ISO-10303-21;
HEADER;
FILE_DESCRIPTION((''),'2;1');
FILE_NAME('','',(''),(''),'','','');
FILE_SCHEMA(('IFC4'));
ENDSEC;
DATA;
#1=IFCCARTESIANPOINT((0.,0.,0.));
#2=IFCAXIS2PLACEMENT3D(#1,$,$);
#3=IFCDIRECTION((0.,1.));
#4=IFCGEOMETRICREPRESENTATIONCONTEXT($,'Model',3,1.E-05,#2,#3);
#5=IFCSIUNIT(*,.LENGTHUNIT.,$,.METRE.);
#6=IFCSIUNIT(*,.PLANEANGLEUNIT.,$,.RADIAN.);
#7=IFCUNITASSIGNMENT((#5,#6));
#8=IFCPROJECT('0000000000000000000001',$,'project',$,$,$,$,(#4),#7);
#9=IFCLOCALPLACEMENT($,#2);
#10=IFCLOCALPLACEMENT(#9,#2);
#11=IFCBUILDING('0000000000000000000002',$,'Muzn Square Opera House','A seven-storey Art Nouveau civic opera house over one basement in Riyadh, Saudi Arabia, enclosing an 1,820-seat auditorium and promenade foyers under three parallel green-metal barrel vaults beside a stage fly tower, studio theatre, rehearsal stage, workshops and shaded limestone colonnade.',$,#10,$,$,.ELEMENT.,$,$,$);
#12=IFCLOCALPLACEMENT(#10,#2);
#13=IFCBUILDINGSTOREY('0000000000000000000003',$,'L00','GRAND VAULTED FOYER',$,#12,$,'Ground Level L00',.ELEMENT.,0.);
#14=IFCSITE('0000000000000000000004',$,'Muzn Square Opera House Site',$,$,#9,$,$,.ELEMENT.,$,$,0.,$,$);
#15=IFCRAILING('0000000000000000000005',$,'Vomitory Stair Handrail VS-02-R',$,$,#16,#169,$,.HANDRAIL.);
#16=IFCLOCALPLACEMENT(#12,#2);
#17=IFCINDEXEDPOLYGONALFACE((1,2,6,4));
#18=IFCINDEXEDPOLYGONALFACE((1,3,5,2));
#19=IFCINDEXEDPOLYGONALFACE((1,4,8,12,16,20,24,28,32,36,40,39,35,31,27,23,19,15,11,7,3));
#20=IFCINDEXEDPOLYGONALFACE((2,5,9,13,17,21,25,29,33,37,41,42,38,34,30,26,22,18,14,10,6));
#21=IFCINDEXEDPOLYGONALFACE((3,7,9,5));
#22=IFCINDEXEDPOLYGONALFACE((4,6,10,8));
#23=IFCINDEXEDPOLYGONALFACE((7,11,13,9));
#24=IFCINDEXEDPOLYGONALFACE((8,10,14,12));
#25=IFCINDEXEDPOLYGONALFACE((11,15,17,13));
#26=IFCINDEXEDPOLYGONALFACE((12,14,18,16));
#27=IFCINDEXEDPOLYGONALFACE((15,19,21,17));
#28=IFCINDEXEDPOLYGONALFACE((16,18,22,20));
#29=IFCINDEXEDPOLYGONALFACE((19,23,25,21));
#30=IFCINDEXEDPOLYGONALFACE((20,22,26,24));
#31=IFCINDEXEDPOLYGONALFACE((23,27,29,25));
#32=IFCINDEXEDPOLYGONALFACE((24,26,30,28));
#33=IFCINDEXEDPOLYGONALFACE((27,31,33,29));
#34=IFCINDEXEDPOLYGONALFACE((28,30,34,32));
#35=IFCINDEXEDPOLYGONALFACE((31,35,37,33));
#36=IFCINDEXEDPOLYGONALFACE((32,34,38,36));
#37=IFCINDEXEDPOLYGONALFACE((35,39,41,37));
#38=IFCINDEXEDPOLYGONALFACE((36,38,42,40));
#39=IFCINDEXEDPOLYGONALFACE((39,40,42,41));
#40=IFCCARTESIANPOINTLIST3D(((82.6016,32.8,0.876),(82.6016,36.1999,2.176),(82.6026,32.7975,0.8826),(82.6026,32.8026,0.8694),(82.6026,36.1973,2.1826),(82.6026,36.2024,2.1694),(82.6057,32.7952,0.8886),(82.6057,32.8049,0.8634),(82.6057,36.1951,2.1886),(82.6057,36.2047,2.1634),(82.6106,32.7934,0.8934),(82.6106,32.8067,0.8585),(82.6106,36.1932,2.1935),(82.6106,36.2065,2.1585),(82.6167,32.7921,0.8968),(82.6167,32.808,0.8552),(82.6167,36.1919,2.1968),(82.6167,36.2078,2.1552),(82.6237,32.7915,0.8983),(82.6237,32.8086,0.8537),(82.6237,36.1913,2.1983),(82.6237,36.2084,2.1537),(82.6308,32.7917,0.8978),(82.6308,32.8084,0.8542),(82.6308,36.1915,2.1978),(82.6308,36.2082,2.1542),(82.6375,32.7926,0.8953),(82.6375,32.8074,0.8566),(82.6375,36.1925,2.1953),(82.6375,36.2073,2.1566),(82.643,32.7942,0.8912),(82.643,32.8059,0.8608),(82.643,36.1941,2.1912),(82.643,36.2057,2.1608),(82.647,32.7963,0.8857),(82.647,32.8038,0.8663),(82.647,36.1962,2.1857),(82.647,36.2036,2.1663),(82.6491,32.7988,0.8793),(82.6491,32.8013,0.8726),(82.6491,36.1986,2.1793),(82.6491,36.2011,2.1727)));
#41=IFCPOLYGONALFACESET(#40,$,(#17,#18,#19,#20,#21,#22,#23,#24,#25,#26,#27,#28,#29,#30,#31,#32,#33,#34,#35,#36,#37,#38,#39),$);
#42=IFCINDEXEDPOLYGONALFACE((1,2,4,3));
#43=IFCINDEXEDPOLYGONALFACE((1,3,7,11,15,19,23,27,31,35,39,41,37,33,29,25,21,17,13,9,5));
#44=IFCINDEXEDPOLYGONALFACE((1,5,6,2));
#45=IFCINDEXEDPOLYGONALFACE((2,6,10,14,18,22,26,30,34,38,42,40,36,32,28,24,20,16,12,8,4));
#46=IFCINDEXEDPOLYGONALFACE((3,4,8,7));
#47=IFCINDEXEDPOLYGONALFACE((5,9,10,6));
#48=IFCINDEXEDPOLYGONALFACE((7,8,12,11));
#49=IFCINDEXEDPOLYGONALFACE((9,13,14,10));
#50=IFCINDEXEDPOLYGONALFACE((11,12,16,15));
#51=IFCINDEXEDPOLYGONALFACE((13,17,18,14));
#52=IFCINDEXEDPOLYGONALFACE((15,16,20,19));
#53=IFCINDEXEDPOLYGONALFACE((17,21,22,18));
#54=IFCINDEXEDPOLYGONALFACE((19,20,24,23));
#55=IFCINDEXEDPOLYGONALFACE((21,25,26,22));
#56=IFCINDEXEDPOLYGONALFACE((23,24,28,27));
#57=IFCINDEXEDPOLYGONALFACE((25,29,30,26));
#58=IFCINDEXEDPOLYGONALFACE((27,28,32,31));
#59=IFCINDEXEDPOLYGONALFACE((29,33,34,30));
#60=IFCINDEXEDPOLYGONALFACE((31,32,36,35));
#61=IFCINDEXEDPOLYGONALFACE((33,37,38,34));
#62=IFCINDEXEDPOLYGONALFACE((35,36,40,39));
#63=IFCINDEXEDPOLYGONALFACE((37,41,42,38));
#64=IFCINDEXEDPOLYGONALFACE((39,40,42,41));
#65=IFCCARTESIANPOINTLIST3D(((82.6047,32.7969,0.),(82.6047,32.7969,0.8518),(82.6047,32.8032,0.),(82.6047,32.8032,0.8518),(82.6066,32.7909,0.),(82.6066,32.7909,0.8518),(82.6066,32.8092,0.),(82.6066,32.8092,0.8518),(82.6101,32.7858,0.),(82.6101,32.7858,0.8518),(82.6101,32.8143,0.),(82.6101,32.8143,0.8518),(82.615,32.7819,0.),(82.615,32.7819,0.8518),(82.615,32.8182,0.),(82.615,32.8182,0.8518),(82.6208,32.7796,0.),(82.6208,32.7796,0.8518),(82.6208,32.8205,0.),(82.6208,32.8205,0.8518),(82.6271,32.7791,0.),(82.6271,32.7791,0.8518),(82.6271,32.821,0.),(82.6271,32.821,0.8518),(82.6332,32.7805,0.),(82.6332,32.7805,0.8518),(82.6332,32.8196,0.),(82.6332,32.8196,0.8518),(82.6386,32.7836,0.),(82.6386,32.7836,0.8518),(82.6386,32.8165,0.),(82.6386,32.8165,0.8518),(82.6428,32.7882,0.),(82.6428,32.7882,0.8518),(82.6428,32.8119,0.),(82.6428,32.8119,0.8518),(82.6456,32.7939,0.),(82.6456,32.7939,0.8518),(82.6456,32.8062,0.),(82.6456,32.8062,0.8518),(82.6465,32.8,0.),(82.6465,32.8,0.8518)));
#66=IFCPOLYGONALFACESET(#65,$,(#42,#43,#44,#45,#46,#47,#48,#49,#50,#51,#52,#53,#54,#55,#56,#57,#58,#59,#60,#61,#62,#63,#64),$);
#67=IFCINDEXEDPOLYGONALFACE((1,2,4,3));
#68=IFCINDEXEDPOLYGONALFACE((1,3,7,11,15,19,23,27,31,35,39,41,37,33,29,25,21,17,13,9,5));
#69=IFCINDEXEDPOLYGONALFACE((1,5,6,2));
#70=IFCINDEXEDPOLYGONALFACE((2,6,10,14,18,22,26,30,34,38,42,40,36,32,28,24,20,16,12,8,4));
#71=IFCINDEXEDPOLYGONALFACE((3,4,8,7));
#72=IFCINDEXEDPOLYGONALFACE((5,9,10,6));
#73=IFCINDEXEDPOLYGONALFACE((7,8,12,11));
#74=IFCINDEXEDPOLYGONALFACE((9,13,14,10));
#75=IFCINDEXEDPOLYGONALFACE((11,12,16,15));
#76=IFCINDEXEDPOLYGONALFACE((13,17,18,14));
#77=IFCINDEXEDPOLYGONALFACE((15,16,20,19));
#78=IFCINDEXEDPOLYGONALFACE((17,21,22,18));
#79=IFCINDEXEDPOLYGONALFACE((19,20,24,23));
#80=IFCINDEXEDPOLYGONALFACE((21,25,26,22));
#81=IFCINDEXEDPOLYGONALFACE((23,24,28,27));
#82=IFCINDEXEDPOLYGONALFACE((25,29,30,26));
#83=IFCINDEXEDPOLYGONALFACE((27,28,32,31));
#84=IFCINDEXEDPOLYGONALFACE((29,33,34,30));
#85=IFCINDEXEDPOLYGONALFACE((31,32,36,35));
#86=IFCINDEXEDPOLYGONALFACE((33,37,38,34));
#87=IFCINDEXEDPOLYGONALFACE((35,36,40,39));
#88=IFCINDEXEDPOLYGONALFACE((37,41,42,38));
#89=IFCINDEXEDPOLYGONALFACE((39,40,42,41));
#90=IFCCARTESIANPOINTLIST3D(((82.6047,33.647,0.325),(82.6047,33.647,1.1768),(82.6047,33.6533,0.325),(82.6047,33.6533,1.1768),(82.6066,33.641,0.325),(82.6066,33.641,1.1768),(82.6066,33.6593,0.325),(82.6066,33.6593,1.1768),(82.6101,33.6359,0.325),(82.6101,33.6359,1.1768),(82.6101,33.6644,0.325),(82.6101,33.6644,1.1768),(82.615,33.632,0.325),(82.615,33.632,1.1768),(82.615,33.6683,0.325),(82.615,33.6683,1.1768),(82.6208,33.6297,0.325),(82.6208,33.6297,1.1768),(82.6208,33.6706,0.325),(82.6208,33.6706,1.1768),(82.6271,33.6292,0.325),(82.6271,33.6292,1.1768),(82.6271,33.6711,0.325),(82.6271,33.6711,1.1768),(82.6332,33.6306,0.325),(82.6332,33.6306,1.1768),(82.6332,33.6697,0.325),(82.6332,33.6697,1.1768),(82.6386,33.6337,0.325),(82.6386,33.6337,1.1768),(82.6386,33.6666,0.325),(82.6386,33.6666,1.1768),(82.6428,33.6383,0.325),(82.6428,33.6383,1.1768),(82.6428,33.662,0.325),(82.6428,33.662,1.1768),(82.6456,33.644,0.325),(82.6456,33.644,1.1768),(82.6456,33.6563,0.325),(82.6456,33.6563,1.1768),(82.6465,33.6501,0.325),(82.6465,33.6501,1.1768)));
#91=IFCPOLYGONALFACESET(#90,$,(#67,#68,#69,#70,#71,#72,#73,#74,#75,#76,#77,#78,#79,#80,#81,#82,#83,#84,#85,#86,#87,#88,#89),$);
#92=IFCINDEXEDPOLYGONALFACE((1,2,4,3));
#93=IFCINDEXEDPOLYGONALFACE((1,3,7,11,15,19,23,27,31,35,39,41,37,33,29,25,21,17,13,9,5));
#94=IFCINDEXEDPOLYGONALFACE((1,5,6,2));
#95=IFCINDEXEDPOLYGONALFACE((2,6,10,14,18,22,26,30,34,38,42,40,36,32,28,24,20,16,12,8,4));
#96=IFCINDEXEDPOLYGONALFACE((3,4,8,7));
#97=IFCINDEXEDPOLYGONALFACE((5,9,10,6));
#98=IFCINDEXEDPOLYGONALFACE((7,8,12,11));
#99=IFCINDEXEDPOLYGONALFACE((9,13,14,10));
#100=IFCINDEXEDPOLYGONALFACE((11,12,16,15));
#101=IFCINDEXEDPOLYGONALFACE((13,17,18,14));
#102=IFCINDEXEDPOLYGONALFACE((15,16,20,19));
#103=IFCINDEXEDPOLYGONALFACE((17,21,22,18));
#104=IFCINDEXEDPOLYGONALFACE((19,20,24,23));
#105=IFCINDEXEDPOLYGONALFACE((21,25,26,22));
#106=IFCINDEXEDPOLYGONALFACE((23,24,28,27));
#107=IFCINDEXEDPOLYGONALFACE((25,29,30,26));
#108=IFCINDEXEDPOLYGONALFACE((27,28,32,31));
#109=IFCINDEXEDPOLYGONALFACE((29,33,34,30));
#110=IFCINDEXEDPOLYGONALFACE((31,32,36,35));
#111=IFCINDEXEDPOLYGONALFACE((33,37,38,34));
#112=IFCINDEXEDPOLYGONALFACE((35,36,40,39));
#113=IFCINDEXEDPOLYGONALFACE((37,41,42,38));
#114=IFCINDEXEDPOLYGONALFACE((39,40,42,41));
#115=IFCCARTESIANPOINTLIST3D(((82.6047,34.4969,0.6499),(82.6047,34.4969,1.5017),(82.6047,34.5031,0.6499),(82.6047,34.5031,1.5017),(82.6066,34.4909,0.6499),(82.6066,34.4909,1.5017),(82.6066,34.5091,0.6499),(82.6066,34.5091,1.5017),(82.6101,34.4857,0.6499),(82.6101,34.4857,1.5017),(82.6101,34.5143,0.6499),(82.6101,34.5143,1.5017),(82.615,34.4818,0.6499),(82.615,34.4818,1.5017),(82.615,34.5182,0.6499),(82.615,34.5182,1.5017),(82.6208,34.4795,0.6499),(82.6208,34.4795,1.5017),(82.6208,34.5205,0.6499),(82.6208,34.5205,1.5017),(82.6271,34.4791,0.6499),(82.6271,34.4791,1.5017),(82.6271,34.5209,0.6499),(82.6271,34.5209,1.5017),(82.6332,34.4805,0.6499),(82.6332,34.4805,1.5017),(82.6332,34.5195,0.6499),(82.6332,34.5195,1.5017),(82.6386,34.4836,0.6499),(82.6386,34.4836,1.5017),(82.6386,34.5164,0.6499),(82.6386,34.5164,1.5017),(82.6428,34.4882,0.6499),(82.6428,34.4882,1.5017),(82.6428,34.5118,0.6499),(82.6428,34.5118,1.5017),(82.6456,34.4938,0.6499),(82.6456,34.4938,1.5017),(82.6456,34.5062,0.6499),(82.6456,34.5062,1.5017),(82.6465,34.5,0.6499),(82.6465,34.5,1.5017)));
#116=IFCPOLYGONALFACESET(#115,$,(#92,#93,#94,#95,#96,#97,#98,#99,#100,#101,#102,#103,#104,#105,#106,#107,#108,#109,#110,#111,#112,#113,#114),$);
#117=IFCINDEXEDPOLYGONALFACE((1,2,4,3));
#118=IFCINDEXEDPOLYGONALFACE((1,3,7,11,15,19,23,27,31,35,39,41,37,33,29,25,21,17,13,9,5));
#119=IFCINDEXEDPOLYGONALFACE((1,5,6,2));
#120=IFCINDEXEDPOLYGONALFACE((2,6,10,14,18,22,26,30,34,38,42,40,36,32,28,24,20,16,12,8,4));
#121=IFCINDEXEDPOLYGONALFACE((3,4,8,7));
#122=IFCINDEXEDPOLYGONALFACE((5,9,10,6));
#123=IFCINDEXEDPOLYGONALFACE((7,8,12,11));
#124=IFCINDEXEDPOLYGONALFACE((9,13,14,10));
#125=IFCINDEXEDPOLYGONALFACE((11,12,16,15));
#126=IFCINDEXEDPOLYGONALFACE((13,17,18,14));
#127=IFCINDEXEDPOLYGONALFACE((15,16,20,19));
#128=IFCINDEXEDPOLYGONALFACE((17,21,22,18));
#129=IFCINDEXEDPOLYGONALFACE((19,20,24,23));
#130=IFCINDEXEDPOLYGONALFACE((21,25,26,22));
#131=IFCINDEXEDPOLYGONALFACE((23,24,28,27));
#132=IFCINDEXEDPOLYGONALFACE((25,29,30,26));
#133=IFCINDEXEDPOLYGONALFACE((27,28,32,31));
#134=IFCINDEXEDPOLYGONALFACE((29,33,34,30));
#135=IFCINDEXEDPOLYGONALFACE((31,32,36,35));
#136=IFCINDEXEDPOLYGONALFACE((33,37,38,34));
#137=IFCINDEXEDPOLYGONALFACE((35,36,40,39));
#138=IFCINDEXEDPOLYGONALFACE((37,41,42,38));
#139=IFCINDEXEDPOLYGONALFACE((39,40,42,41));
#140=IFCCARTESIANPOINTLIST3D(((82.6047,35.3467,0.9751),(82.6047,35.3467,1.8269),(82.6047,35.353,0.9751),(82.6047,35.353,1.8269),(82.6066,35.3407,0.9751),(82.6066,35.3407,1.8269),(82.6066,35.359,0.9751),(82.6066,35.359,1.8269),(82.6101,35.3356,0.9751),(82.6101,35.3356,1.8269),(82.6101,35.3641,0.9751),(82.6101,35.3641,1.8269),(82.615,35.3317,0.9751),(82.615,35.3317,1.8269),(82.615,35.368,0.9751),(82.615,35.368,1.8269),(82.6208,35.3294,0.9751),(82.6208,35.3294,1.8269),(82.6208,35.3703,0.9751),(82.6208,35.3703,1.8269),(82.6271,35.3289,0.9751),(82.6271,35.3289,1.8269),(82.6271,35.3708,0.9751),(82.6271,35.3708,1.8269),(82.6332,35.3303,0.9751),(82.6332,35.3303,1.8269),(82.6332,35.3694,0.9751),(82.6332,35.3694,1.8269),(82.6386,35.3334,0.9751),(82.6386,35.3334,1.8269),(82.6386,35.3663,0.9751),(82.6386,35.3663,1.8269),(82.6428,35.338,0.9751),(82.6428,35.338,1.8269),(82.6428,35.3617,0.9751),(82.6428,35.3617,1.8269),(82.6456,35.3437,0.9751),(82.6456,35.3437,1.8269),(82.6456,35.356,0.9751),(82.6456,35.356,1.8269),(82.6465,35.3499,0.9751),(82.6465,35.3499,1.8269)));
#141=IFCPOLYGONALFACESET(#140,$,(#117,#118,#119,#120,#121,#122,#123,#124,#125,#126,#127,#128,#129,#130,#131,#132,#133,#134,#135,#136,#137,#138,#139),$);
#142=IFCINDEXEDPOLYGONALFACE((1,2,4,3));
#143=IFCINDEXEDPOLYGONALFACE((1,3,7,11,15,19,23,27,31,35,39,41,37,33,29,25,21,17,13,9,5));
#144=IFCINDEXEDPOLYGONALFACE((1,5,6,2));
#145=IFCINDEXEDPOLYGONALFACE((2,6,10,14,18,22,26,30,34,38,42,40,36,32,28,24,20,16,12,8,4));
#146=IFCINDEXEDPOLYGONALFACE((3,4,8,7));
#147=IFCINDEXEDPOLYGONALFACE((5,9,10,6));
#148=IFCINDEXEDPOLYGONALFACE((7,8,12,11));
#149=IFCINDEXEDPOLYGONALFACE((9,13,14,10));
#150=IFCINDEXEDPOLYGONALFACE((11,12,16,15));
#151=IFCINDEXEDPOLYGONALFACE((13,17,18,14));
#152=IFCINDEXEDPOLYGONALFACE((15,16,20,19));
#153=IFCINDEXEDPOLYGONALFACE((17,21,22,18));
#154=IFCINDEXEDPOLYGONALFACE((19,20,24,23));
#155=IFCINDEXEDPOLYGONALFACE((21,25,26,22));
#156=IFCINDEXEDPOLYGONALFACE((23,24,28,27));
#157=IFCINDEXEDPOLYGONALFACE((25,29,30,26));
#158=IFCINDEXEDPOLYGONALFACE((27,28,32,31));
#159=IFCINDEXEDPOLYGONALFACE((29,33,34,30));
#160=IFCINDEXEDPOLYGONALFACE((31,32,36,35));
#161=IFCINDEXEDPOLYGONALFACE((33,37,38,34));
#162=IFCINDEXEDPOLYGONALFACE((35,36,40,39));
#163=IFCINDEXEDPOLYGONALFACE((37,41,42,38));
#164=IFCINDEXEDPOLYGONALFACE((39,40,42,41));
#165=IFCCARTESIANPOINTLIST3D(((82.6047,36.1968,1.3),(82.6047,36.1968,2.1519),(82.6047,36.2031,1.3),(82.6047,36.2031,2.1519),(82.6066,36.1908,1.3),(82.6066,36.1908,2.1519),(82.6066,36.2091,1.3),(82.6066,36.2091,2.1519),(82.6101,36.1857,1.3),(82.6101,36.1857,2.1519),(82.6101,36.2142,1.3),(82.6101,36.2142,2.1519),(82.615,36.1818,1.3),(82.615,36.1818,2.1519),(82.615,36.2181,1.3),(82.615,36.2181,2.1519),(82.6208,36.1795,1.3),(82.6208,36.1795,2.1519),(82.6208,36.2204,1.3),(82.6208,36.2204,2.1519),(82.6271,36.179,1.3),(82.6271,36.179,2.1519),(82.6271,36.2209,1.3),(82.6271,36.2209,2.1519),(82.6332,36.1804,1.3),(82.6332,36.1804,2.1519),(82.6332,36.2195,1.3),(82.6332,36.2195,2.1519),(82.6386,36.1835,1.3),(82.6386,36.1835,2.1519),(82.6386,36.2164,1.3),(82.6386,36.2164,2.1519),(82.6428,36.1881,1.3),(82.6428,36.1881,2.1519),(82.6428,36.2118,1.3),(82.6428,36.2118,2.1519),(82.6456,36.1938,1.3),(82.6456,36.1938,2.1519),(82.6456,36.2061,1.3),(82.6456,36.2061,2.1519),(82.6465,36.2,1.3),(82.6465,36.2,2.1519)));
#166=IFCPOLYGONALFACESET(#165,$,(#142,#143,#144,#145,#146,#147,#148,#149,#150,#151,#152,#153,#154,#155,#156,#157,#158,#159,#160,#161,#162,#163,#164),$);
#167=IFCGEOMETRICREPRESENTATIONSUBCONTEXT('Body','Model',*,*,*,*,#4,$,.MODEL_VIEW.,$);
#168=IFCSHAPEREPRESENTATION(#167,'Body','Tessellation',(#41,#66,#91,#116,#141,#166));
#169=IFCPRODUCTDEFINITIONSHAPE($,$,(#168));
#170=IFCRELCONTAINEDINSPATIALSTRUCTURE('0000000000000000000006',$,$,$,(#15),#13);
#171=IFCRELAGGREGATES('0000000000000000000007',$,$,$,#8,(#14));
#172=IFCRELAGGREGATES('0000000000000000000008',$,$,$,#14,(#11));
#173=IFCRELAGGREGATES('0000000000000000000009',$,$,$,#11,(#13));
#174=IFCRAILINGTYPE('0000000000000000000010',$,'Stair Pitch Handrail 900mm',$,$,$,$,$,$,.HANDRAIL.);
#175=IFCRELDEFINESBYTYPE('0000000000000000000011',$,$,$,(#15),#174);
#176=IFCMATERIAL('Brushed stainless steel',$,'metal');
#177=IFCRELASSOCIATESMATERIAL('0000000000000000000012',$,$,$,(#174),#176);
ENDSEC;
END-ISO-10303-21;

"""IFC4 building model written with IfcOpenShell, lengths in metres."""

from ifc_helpers import new_model, si_unit, direction, frame, origin, origin_2d, place, context, subcontext, project, spatial, circle, extrude, material, type_object, element, save


model = new_model("IFC4")

# Units and contexts
model_context = context("Model", 3, precision=1e-05, world=origin(), true_north=direction((0.0, 1.0)))
body_context = subcontext(model_context, "Body", "Model", "MODEL_VIEW")
ifc_project = project(units=[si_unit("LENGTHUNIT", "METRE"), si_unit("PLANEANGLEUNIT", "RADIAN")], contexts=[model_context])

# Site, building, storey
site_placement = place(None, origin())
site = spatial("IfcSite", under=ifc_project, at=site_placement, Name="Muzn Square Opera House Site", CompositionType="ELEMENT", RefElevation=0.0)
building_placement = place(site_placement, origin())
building = spatial("IfcBuilding", under=site, at=building_placement, Name="Muzn Square Opera House", Description="A seven-storey Art Nouveau civic opera house over one basement in Riyadh, Saudi Arabia, enclosing an 1,820-seat auditorium and promenade foyers under three parallel green-metal barrel vaults beside a stage fly tower, studio theatre, rehearsal stage, workshops and shaded limestone colonnade.", CompositionType="ELEMENT")
storey_placement = place(building_placement, origin())
storey = spatial("IfcBuildingStorey", under=building, at=storey_placement, Name="L00", Description="GRAND VAULTED FOYER", LongName="Ground Level L00", CompositionType="ELEMENT", Elevation=0.0)

# Railing
ifc_material_1 = material(Name="Brushed stainless steel", Category="metal")
railing_type_1 = type_object("IfcRailingType", Name="Stair Pitch Handrail 900mm", PredefinedType="HANDRAIL", material=ifc_material_1)
for number, where, name in (
    (1, (82.6255, 32.8, 0.0), "Vomitory Stair Handrail VS-02-R"),
):
    element("IfcRailing", number, at=place(storey_placement, frame(where)), inside=storey, type_object=railing_type_1, Name=name, PredefinedType="HANDRAIL", context=body_context, shape_type="SweptSolid", body=[
        extrude(circle(Radius=0.0239, at=origin_2d()), frame((0.0, 0.0, 0.876), z_axis=(0.0, 0.934044, 0.357158), x_axis=(-1.0, 0.0, 0.0)), (0.0, 0.0, 1.0), 3.6399),
        extrude(circle(Radius=0.021, at=origin_2d()), origin(), (0.0, 0.0, 1.0), 0.8518),
        extrude(circle(Radius=0.021, at=origin_2d()), frame((0.0, 0.8501, 0.325)), (0.0, 0.0, 1.0), 0.8518),
        extrude(circle(Radius=0.021, at=origin_2d()), frame((0.0, 1.7, 0.6499)), (0.0, 0.0, 1.0), 0.8518),
        extrude(circle(Radius=0.021, at=origin_2d()), frame((0.0, 2.5498, 0.9751)), (0.0, 0.0, 1.0), 0.8518),
        extrude(circle(Radius=0.021, at=origin_2d()), frame((0.0, 3.3999, 1.3)), (0.0, 0.0, 1.0), 0.8518),
    ])

save(model, "model.ifc")
